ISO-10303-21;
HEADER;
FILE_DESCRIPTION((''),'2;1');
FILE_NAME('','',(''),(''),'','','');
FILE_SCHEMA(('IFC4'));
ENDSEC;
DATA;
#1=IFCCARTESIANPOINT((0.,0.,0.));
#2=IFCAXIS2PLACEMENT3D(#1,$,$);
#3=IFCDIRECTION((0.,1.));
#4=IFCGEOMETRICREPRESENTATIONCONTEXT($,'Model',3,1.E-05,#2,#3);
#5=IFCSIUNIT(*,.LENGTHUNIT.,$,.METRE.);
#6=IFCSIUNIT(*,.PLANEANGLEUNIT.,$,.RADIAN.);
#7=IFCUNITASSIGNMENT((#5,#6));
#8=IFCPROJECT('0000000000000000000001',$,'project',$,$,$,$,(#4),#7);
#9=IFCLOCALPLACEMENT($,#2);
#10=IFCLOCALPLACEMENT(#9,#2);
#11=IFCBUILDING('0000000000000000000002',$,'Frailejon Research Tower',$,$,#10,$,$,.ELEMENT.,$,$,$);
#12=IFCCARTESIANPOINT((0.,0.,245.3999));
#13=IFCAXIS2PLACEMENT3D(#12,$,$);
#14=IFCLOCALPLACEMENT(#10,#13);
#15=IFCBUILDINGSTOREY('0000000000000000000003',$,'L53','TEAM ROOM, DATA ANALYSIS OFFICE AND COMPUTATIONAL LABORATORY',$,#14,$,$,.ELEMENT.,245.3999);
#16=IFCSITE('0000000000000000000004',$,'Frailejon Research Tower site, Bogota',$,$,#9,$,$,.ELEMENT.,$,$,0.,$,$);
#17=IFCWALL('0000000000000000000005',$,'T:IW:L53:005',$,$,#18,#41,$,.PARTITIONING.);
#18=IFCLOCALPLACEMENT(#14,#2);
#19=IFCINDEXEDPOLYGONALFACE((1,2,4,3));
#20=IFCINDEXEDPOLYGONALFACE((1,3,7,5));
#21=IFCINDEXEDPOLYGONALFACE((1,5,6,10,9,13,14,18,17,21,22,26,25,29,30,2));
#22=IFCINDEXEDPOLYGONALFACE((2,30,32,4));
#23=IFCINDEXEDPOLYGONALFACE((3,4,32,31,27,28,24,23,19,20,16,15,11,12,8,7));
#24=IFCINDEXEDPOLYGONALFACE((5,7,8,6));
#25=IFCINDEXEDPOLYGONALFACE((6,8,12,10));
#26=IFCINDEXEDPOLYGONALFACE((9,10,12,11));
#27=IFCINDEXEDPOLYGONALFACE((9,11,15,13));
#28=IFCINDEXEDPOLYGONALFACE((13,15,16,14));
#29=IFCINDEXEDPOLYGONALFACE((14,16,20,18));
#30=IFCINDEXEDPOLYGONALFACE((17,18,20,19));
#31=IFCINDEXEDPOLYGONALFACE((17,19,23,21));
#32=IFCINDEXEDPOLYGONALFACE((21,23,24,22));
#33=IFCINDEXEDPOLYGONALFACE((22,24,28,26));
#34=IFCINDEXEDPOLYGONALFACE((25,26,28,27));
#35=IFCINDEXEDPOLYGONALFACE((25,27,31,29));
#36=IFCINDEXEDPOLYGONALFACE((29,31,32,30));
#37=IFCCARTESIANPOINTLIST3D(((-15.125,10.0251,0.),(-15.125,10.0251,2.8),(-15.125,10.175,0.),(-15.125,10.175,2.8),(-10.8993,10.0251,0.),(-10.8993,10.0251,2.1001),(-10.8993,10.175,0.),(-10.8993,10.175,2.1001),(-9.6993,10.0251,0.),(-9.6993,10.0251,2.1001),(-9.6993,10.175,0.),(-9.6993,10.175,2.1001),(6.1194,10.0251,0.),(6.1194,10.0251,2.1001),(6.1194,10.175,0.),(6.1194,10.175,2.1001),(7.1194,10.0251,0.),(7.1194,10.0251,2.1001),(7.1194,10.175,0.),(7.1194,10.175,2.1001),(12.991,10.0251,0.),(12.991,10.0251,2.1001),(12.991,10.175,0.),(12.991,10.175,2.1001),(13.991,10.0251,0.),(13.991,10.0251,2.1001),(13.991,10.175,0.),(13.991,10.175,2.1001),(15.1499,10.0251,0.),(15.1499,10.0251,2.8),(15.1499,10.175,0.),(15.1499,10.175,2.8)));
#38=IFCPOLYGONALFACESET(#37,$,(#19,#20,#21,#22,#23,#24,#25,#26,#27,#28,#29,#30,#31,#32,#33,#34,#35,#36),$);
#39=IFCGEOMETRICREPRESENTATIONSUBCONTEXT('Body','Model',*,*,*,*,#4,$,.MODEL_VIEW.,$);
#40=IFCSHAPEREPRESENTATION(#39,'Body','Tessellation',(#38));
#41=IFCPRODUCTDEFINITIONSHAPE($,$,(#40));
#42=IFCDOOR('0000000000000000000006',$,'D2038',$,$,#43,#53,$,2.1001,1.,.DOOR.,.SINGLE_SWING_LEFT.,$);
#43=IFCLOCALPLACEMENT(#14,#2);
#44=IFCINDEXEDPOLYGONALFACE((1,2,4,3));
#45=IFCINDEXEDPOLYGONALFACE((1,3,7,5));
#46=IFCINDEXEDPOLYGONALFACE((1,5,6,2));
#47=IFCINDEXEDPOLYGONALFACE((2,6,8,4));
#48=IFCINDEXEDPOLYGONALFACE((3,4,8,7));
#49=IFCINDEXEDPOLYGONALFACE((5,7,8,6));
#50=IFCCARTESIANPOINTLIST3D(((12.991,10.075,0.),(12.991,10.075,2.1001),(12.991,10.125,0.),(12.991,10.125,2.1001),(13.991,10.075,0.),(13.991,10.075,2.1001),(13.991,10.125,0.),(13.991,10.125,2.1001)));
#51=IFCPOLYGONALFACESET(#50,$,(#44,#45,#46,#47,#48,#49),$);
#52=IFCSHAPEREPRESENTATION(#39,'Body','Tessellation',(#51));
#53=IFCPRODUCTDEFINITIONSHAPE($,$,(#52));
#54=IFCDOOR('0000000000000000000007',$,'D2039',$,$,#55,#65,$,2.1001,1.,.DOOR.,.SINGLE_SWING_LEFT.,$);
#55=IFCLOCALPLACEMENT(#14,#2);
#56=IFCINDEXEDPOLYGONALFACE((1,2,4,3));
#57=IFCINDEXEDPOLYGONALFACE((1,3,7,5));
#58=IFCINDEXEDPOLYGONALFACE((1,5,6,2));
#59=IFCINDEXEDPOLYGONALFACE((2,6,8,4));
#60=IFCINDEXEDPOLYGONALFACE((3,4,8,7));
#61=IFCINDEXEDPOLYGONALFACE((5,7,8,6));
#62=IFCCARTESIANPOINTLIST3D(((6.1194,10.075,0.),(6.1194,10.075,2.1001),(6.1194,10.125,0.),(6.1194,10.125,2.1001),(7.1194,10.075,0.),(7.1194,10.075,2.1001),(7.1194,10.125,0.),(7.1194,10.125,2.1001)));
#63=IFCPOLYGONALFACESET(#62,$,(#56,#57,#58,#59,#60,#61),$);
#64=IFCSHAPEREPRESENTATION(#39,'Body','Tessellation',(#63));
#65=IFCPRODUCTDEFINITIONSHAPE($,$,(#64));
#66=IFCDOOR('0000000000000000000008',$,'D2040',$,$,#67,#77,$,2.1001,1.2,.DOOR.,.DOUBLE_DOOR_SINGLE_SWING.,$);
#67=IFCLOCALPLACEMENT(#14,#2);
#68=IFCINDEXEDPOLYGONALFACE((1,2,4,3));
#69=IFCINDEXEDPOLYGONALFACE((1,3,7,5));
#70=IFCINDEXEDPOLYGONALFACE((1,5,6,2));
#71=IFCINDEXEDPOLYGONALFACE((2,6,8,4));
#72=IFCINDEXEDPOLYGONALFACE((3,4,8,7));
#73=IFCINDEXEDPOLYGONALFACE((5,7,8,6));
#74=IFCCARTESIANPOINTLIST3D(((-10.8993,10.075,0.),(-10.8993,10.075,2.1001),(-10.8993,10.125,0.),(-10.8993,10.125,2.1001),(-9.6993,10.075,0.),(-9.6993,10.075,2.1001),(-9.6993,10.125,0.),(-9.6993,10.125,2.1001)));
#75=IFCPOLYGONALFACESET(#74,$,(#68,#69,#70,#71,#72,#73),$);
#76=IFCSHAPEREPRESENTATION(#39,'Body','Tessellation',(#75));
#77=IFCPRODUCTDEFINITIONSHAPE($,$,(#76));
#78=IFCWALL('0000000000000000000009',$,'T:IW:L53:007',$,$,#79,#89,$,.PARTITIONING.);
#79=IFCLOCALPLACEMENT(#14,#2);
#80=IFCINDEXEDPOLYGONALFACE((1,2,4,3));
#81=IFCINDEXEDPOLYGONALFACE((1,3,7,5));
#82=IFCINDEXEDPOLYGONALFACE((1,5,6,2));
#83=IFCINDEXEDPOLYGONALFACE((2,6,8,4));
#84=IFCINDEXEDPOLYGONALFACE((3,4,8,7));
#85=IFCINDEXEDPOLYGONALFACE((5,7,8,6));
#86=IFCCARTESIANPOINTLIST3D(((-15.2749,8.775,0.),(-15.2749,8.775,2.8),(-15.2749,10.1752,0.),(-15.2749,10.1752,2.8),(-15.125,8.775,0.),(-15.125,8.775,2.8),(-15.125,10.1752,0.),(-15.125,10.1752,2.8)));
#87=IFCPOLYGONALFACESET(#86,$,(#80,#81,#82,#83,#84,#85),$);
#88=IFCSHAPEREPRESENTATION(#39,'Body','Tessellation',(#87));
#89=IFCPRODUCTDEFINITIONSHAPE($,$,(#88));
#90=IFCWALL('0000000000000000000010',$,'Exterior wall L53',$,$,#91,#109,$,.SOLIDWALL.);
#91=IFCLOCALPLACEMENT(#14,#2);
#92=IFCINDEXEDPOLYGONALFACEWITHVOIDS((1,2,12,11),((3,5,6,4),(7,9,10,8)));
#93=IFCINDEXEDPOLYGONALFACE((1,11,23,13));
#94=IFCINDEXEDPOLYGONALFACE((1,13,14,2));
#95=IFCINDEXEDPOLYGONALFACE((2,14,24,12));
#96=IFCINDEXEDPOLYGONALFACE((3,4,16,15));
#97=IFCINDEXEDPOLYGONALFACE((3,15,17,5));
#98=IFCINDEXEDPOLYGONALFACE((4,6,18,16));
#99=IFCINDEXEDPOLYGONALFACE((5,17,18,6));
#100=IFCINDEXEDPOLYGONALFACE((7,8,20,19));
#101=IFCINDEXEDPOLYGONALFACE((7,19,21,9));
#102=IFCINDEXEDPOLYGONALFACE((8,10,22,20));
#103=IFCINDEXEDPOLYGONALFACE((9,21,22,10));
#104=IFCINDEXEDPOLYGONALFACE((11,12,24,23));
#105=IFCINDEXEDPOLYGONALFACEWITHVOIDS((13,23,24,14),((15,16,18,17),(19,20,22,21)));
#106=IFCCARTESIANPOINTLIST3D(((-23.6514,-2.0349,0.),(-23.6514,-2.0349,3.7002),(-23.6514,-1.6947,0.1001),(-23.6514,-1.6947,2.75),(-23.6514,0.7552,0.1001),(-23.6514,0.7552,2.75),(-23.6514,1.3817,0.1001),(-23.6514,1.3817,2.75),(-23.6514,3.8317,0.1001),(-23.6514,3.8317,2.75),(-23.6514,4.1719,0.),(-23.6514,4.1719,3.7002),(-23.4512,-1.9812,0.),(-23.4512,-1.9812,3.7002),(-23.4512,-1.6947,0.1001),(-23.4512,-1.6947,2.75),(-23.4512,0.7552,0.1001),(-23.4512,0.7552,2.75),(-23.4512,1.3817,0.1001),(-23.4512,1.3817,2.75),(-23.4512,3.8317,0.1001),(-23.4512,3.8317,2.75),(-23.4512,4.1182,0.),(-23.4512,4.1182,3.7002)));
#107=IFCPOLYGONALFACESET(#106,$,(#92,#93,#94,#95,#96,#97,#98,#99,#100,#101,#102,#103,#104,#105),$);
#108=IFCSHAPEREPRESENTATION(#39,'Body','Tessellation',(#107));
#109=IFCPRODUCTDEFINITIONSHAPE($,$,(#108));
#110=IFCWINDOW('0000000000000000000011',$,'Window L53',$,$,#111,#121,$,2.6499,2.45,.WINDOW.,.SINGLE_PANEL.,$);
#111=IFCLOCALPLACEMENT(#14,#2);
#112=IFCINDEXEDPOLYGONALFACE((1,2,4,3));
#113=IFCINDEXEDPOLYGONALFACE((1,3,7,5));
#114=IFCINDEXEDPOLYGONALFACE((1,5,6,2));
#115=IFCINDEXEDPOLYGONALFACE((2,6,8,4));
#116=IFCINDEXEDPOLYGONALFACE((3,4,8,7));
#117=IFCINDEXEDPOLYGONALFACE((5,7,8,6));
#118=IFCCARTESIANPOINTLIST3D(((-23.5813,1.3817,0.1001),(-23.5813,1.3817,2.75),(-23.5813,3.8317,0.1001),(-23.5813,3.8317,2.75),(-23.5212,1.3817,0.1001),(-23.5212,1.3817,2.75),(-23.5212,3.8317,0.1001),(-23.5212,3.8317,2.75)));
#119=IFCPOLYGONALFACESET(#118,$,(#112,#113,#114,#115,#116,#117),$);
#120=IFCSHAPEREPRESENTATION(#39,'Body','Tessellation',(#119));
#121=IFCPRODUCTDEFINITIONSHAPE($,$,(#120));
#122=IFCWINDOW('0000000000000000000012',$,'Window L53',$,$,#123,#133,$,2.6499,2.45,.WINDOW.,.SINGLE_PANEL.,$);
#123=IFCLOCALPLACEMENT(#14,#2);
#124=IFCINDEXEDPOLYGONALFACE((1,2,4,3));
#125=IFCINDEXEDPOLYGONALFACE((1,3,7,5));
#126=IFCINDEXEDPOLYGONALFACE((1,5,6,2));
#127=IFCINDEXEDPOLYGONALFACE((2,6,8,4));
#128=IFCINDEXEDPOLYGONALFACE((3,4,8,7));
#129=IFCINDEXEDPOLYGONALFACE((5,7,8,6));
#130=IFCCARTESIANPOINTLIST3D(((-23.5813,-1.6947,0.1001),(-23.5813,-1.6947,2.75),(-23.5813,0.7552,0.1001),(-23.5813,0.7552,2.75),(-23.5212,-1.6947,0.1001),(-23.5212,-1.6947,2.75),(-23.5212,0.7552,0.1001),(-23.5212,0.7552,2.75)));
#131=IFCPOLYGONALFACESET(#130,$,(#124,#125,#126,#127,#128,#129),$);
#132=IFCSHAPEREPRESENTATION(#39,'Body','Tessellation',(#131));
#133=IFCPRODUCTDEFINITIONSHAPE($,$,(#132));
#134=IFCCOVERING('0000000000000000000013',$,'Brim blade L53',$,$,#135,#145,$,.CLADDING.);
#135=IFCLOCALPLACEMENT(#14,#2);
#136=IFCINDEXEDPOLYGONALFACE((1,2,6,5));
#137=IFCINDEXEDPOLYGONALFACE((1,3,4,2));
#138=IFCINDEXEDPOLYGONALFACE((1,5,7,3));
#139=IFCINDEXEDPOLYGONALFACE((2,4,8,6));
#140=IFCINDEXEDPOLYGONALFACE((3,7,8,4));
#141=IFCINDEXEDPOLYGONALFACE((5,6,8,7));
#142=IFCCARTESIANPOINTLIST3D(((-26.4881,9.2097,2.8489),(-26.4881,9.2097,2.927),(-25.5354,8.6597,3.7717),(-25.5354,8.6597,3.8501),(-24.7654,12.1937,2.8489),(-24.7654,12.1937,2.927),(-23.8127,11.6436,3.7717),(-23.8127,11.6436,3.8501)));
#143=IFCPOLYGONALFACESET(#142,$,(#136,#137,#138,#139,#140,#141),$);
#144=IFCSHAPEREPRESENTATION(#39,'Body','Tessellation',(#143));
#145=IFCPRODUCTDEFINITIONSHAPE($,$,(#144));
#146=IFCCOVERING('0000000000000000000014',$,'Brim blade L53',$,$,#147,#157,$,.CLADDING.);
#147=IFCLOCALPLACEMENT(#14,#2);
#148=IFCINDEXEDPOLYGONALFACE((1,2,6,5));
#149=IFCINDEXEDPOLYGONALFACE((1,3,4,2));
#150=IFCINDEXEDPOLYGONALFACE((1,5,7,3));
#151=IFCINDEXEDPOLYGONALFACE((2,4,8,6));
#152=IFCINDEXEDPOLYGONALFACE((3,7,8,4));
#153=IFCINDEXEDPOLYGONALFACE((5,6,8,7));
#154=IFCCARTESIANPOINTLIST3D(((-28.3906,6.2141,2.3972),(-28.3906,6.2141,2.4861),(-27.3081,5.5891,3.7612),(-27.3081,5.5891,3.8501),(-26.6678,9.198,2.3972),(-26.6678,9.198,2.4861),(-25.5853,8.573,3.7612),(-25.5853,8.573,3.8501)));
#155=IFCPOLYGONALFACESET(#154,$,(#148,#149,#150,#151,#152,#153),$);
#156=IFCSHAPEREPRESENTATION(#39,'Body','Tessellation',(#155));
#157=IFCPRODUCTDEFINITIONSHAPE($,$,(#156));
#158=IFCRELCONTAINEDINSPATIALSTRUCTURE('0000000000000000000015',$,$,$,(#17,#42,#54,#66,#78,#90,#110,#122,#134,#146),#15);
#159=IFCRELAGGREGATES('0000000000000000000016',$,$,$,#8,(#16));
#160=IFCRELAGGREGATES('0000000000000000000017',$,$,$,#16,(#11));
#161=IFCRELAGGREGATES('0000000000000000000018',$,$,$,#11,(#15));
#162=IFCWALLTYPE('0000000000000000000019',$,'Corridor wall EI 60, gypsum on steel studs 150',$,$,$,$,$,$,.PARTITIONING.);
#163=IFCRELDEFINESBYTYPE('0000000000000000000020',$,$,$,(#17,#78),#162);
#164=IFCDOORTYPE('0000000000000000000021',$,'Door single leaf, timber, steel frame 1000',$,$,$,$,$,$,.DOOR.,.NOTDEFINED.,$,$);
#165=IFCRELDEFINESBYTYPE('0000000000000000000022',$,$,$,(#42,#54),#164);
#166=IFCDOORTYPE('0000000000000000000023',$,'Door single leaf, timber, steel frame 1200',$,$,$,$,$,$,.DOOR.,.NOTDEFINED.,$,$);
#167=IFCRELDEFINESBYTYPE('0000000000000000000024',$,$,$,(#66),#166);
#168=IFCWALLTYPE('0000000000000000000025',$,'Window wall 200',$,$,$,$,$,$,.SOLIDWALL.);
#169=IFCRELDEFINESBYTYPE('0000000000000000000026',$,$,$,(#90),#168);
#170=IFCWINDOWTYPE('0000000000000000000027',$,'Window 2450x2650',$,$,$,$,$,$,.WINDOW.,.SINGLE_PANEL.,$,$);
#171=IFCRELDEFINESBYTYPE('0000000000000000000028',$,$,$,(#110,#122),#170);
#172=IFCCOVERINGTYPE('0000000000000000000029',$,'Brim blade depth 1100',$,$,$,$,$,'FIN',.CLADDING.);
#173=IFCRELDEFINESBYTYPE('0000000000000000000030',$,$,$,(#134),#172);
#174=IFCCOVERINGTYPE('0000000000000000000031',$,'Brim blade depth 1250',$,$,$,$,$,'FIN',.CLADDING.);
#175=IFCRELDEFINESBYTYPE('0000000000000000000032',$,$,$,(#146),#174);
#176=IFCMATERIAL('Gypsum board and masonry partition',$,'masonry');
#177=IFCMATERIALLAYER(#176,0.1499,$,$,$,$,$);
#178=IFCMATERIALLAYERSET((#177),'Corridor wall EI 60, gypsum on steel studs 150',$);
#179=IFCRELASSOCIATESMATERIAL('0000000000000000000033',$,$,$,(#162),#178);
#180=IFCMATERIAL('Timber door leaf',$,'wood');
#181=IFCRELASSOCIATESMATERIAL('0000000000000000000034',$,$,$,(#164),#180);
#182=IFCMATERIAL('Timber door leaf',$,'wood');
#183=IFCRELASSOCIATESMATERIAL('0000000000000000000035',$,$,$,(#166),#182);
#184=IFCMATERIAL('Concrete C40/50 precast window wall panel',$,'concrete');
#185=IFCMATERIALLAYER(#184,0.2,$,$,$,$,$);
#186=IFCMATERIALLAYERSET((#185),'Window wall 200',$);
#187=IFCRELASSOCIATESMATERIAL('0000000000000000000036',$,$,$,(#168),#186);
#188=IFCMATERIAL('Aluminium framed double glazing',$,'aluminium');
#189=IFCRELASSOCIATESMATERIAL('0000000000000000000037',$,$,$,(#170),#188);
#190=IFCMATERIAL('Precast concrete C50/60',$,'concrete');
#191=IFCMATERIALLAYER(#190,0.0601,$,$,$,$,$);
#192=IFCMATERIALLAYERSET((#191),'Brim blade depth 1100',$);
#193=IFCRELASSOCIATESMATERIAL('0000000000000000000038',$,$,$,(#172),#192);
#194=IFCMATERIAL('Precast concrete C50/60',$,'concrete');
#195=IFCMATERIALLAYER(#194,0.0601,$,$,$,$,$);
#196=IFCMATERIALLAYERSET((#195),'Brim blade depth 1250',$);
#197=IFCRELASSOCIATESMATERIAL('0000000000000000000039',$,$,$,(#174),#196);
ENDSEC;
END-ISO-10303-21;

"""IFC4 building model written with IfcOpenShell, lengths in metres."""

from ifc_helpers import new_model, si_unit, direction, frame, frame_2d, origin, place, context, subcontext, project, spatial, polyline, rectangle, outline, extrude, material, layer, layer_set, type_object, element, fill, save


model = new_model("IFC4")

# Units and contexts
model_context = context("Model", 3, precision=1e-05, world=origin(), true_north=direction((0.0, 1.0)))
body_context = subcontext(model_context, "Body", "Model", "MODEL_VIEW")
ifc_project = project(units=[si_unit("LENGTHUNIT", "METRE"), si_unit("PLANEANGLEUNIT", "RADIAN")], contexts=[model_context])

# Site, building, storey
site_placement = place(None, origin())
site = spatial("IfcSite", under=ifc_project, at=site_placement, Name="Frailejon Research Tower site, Bogota", CompositionType="ELEMENT", RefElevation=0.0)
building_placement = place(site_placement, origin())
building = spatial("IfcBuilding", under=site, at=building_placement, Name="Frailejon Research Tower", CompositionType="ELEMENT")
storey_placement = place(building_placement, frame((0.0, 0.0, 245.3999)))
storey = spatial("IfcBuildingStorey", under=building, at=storey_placement, Name="L53", Description="TEAM ROOM, DATA ANALYSIS OFFICE AND COMPUTATIONAL LABORATORY", CompositionType="ELEMENT", Elevation=245.3999)

# Shared definitions
ifc_material_1 = material(Name="Gypsum board and masonry partition", Category="masonry")
ifc_layer_1 = layer(ifc_material_1, 0.1499)
ifc_layer_set_1 = layer_set([ifc_layer_1], Name="Corridor wall EI 60, gypsum on steel studs 150")
wall_type_1 = type_object("IfcWallType", Name="Corridor wall EI 60, gypsum on steel studs 150", PredefinedType="PARTITIONING", material=ifc_layer_set_1)

# Wall, openings, doors
wall_1_placement = place(storey_placement, frame((-15.125, 10.1001, 0.0), z_axis=(0.0, 0.0, 1.0), x_axis=(1.0, 0.0, 0.0)))
wall_1 = element("IfcWall", 1, at=wall_1_placement, inside=storey, type_object=wall_type_1, Name="T:IW:L53:005", PredefinedType="PARTITIONING", context=body_context, shape_type="SweptSolid", body=[
    extrude(rectangle(XDim=30.2749, YDim=0.1499, at=frame_2d((15.1375, 0.0))), origin(), (0.0, 0.0, 1.0), 2.8),
])
opening_1_placement = place(wall_1_placement, frame((28.116, 0.0, 0.0)))
opening_1 = element("IfcOpeningElement", 2, at=opening_1_placement, cuts=wall_1, PredefinedType="OPENING", context=body_context, shape_type="SweptSolid", body=[
    extrude(rectangle(XDim=1.0, YDim=2.1001, at=frame_2d((0.5, 1.05))), frame((0.0, 0.085, 0.0), z_axis=(0.0, -1.0, 0.0), x_axis=(1.0, 0.0, 0.0)), (0.0, 0.0, 1.0), 0.1699),
])
opening_2_placement = place(wall_1_placement, frame((21.2444, 0.0, 0.0)))
opening_2 = element("IfcOpeningElement", 3, at=opening_2_placement, cuts=wall_1, PredefinedType="OPENING", context=body_context, shape_type="SweptSolid", body=[
    extrude(rectangle(XDim=1.0, YDim=2.1001, at=frame_2d((0.5, 1.05))), frame((0.0, 0.085, 0.0), z_axis=(0.0, -1.0, 0.0), x_axis=(1.0, 0.0, 0.0)), (0.0, 0.0, 1.0), 0.1699),
])
opening_3_placement = place(wall_1_placement, frame((4.2256, 0.0, 0.0)))
opening_3 = element("IfcOpeningElement", 4, at=opening_3_placement, cuts=wall_1, PredefinedType="OPENING", context=body_context, shape_type="SweptSolid", body=[
    extrude(rectangle(XDim=1.2, YDim=2.1001, at=frame_2d((0.6001, 1.05))), frame((0.0, 0.085, 0.0), z_axis=(0.0, -1.0, 0.0), x_axis=(1.0, 0.0, 0.0)), (0.0, 0.0, 1.0), 0.1699),
])
ifc_material_2 = material(Name="Timber door leaf", Category="wood")
door_type_1 = type_object("IfcDoorType", Name="Door single leaf, timber, steel frame 1000", OperationType="NOTDEFINED", PredefinedType="DOOR", material=ifc_material_2)
door_1_placement = place(opening_1_placement, origin())
door_1 = element("IfcDoor", 5, at=door_1_placement, inside=storey, type_object=door_type_1, Name="D2038", OperationType="SINGLE_SWING_LEFT", OverallHeight=2.1001, OverallWidth=1.0, PredefinedType="DOOR", context=body_context, shape_type="SweptSolid", body=[
    extrude(rectangle(XDim=1.0, YDim=2.1001, at=frame_2d((0.5, 1.05))), frame((0.0, 0.0249, 0.0), z_axis=(0.0, -1.0, 0.0), x_axis=(1.0, 0.0, 0.0)), (0.0, 0.0, 1.0), 0.05),
])
fill(opening_1, door_1)
door_2_placement = place(opening_2_placement, origin())
door_2 = element("IfcDoor", 6, at=door_2_placement, inside=storey, type_object=door_type_1, Name="D2039", OperationType="SINGLE_SWING_LEFT", OverallHeight=2.1001, OverallWidth=1.0, PredefinedType="DOOR", context=body_context, shape_type="SweptSolid", body=[
    extrude(rectangle(XDim=1.0, YDim=2.1001, at=frame_2d((0.5, 1.05))), frame((0.0, 0.0249, 0.0), z_axis=(0.0, -1.0, 0.0), x_axis=(1.0, 0.0, 0.0)), (0.0, 0.0, 1.0), 0.05),
])
fill(opening_2, door_2)
ifc_material_3 = material(Name="Timber door leaf", Category="wood")
door_type_2 = type_object("IfcDoorType", Name="Door single leaf, timber, steel frame 1200", OperationType="NOTDEFINED", PredefinedType="DOOR", material=ifc_material_3)
door_3_placement = place(opening_3_placement, origin())
door_3 = element("IfcDoor", 7, at=door_3_placement, inside=storey, type_object=door_type_2, Name="D2040", OperationType="DOUBLE_DOOR_SINGLE_SWING", OverallHeight=2.1001, OverallWidth=1.2, PredefinedType="DOOR", context=body_context, shape_type="SweptSolid", body=[
    extrude(rectangle(XDim=1.2, YDim=2.1001, at=frame_2d((0.6001, 1.05))), frame((0.0, 0.0249, 0.0), z_axis=(0.0, -1.0, 0.0), x_axis=(1.0, 0.0, 0.0)), (0.0, 0.0, 1.0), 0.05),
])
fill(opening_3, door_3)

# Wall
wall_2_placement = place(storey_placement, frame((-15.2, 8.7749, 0.0), z_axis=(0.0, 0.0, 1.0), x_axis=(0.0, 1.0, 0.0)))
element("IfcWall", 8, at=wall_2_placement, inside=storey, type_object=wall_type_1, Name="T:IW:L53:007", PredefinedType="PARTITIONING", context=body_context, shape_type="SweptSolid", body=[
    extrude(rectangle(XDim=1.4001, YDim=0.1499, at=frame_2d((0.7002, 0.0))), origin(), (0.0, 0.0, 1.0), 2.8),
])

# Wall, openings, windows
ifc_material_4 = material(Name="Concrete C40/50 precast window wall panel", Category="concrete")
ifc_layer_2 = layer(ifc_material_4, 0.2)
ifc_layer_set_2 = layer_set([ifc_layer_2], Name="Window wall 200")
wall_type_2 = type_object("IfcWallType", Name="Window wall 200", PredefinedType="SOLIDWALL", material=ifc_layer_set_2)
wall_3_placement = place(storey_placement, frame((-23.5513, 4.145, 0.0), z_axis=(0.0, 0.0, 1.0), x_axis=(0.0, -1.0, 0.0)))
wall_3 = element("IfcWall", 9, at=wall_3_placement, inside=storey, type_object=wall_type_2, Name="Exterior wall L53", PredefinedType="SOLIDWALL", context=body_context, shape_type="SweptSolid", body=[
    extrude(outline(polyline([(-0.0269, -0.1001), (1.0076, -0.1001), (2.042, -0.1001), (3.0767, -0.1001), (4.1111, -0.1001), (5.1455, -0.1001), (6.1799, -0.1001), (6.1262, 0.1001), (5.1096, 0.1001), (4.093, 0.1001), (3.0767, 0.1001), (2.0601, 0.1001), (1.0435, 0.1001), (0.0269, 0.1001), (-0.0269, -0.1001)])), origin(), (0.0, 0.0, 1.0), 3.7002),
])
opening_4_placement = place(wall_3_placement, frame((0.3132, 0.0, 0.1001)))
opening_4 = element("IfcOpeningElement", 10, at=opening_4_placement, cuts=wall_3, PredefinedType="OPENING", context=body_context, shape_type="SweptSolid", body=[
    extrude(rectangle(XDim=2.45, YDim=2.6499, at=frame_2d((1.2251, 1.325))), frame((0.0, 0.1099, 0.0), z_axis=(0.0, -1.0, 0.0), x_axis=(1.0, 0.0, 0.0)), (0.0, 0.0, 1.0), 0.22),
])
opening_5_placement = place(wall_3_placement, frame((3.3896, 0.0, 0.1001)))
opening_5 = element("IfcOpeningElement", 11, at=opening_5_placement, cuts=wall_3, PredefinedType="OPENING", context=body_context, shape_type="SweptSolid", body=[
    extrude(rectangle(XDim=2.45, YDim=2.6499, at=frame_2d((1.2251, 1.325))), frame((0.0, 0.1099, 0.0), z_axis=(0.0, -1.0, 0.0), x_axis=(1.0, 0.0, 0.0)), (0.0, 0.0, 1.0), 0.22),
])
ifc_material_5 = material(Name="Aluminium framed double glazing", Category="aluminium")
window_type = type_object("IfcWindowType", Name="Window 2450x2650", PartitioningType="SINGLE_PANEL", PredefinedType="WINDOW", material=ifc_material_5)
window_1_placement = place(opening_4_placement, origin())
window_1 = element("IfcWindow", 12, at=window_1_placement, inside=storey, type_object=window_type, Name="Window L53", OverallHeight=2.6499, OverallWidth=2.45, PartitioningType="SINGLE_PANEL", PredefinedType="WINDOW", context=body_context, shape_type="SweptSolid", body=[
    extrude(rectangle(XDim=2.45, YDim=2.6499, at=frame_2d((1.2251, 1.325))), frame((0.0, 0.03, 0.0), z_axis=(0.0, -1.0, 0.0), x_axis=(1.0, 0.0, 0.0)), (0.0, 0.0, 1.0), 0.0601),
])
fill(opening_4, window_1)
window_2_placement = place(opening_5_placement, origin())
window_2 = element("IfcWindow", 13, at=window_2_placement, inside=storey, type_object=window_type, Name="Window L53", OverallHeight=2.6499, OverallWidth=2.45, PartitioningType="SINGLE_PANEL", PredefinedType="WINDOW", context=body_context, shape_type="SweptSolid", body=[
    extrude(rectangle(XDim=2.45, YDim=2.6499, at=frame_2d((1.2251, 1.325))), frame((0.0, 0.03, 0.0), z_axis=(0.0, -1.0, 0.0), x_axis=(1.0, 0.0, 0.0)), (0.0, 0.0, 1.0), 0.0601),
])
fill(opening_5, window_2)

# Coverings
ifc_material_6 = material(Name="Precast concrete C50/60", Category="concrete")
ifc_layer_3 = layer(ifc_material_6, 0.0601)
ifc_layer_set_3 = layer_set([ifc_layer_3], Name="Brim blade depth 1100")
covering_type_1 = type_object("IfcCoveringType", Name="Brim blade depth 1100", ElementType="FIN", PredefinedType="CLADDING", material=ifc_layer_set_3)
covering_1_placement = place(storey_placement, frame((-25.5354, 8.6597, 3.8501), z_axis=(0.499989, 0.866032, 0.0), x_axis=(-0.866032, 0.499989, 0.0)))
element("IfcCovering", 14, at=covering_1_placement, inside=storey, type_object=covering_type_1, Name="Brim blade L53", PredefinedType="CLADDING", context=body_context, shape_type="SweptSolid", body=[
    extrude(outline(polyline([(0.0, -0.0784), (1.1001, -1.0012), (1.1001, -0.9231), (0.0, 0.0), (0.0, -0.0784)])), origin(), (0.0, 0.0, 1.0), 3.4456),
])
ifc_material_7 = material(Name="Precast concrete C50/60", Category="concrete")
ifc_layer_4 = layer(ifc_material_7, 0.0601)
ifc_layer_set_4 = layer_set([ifc_layer_4], Name="Brim blade depth 1250")
covering_type_2 = type_object("IfcCoveringType", Name="Brim blade depth 1250", ElementType="FIN", PredefinedType="CLADDING", material=ifc_layer_set_4)
covering_2_placement = place(storey_placement, frame((-27.3081, 5.5891, 3.8501), z_axis=(0.50001, 0.86602, 0.0), x_axis=(-0.86602, 0.50001, 0.0)))
element("IfcCovering", 15, at=covering_2_placement, inside=storey, type_object=covering_type_2, Name="Brim blade L53", PredefinedType="CLADDING", context=body_context, shape_type="SweptSolid", body=[
    extrude(outline(polyline([(0.0, -0.0889), (1.25, -1.4529), (1.25, -1.364), (0.0, 0.0), (0.0, -0.0889)])), origin(), (0.0, 0.0, 1.0), 3.4456),
])

save(model, "model.ifc")
